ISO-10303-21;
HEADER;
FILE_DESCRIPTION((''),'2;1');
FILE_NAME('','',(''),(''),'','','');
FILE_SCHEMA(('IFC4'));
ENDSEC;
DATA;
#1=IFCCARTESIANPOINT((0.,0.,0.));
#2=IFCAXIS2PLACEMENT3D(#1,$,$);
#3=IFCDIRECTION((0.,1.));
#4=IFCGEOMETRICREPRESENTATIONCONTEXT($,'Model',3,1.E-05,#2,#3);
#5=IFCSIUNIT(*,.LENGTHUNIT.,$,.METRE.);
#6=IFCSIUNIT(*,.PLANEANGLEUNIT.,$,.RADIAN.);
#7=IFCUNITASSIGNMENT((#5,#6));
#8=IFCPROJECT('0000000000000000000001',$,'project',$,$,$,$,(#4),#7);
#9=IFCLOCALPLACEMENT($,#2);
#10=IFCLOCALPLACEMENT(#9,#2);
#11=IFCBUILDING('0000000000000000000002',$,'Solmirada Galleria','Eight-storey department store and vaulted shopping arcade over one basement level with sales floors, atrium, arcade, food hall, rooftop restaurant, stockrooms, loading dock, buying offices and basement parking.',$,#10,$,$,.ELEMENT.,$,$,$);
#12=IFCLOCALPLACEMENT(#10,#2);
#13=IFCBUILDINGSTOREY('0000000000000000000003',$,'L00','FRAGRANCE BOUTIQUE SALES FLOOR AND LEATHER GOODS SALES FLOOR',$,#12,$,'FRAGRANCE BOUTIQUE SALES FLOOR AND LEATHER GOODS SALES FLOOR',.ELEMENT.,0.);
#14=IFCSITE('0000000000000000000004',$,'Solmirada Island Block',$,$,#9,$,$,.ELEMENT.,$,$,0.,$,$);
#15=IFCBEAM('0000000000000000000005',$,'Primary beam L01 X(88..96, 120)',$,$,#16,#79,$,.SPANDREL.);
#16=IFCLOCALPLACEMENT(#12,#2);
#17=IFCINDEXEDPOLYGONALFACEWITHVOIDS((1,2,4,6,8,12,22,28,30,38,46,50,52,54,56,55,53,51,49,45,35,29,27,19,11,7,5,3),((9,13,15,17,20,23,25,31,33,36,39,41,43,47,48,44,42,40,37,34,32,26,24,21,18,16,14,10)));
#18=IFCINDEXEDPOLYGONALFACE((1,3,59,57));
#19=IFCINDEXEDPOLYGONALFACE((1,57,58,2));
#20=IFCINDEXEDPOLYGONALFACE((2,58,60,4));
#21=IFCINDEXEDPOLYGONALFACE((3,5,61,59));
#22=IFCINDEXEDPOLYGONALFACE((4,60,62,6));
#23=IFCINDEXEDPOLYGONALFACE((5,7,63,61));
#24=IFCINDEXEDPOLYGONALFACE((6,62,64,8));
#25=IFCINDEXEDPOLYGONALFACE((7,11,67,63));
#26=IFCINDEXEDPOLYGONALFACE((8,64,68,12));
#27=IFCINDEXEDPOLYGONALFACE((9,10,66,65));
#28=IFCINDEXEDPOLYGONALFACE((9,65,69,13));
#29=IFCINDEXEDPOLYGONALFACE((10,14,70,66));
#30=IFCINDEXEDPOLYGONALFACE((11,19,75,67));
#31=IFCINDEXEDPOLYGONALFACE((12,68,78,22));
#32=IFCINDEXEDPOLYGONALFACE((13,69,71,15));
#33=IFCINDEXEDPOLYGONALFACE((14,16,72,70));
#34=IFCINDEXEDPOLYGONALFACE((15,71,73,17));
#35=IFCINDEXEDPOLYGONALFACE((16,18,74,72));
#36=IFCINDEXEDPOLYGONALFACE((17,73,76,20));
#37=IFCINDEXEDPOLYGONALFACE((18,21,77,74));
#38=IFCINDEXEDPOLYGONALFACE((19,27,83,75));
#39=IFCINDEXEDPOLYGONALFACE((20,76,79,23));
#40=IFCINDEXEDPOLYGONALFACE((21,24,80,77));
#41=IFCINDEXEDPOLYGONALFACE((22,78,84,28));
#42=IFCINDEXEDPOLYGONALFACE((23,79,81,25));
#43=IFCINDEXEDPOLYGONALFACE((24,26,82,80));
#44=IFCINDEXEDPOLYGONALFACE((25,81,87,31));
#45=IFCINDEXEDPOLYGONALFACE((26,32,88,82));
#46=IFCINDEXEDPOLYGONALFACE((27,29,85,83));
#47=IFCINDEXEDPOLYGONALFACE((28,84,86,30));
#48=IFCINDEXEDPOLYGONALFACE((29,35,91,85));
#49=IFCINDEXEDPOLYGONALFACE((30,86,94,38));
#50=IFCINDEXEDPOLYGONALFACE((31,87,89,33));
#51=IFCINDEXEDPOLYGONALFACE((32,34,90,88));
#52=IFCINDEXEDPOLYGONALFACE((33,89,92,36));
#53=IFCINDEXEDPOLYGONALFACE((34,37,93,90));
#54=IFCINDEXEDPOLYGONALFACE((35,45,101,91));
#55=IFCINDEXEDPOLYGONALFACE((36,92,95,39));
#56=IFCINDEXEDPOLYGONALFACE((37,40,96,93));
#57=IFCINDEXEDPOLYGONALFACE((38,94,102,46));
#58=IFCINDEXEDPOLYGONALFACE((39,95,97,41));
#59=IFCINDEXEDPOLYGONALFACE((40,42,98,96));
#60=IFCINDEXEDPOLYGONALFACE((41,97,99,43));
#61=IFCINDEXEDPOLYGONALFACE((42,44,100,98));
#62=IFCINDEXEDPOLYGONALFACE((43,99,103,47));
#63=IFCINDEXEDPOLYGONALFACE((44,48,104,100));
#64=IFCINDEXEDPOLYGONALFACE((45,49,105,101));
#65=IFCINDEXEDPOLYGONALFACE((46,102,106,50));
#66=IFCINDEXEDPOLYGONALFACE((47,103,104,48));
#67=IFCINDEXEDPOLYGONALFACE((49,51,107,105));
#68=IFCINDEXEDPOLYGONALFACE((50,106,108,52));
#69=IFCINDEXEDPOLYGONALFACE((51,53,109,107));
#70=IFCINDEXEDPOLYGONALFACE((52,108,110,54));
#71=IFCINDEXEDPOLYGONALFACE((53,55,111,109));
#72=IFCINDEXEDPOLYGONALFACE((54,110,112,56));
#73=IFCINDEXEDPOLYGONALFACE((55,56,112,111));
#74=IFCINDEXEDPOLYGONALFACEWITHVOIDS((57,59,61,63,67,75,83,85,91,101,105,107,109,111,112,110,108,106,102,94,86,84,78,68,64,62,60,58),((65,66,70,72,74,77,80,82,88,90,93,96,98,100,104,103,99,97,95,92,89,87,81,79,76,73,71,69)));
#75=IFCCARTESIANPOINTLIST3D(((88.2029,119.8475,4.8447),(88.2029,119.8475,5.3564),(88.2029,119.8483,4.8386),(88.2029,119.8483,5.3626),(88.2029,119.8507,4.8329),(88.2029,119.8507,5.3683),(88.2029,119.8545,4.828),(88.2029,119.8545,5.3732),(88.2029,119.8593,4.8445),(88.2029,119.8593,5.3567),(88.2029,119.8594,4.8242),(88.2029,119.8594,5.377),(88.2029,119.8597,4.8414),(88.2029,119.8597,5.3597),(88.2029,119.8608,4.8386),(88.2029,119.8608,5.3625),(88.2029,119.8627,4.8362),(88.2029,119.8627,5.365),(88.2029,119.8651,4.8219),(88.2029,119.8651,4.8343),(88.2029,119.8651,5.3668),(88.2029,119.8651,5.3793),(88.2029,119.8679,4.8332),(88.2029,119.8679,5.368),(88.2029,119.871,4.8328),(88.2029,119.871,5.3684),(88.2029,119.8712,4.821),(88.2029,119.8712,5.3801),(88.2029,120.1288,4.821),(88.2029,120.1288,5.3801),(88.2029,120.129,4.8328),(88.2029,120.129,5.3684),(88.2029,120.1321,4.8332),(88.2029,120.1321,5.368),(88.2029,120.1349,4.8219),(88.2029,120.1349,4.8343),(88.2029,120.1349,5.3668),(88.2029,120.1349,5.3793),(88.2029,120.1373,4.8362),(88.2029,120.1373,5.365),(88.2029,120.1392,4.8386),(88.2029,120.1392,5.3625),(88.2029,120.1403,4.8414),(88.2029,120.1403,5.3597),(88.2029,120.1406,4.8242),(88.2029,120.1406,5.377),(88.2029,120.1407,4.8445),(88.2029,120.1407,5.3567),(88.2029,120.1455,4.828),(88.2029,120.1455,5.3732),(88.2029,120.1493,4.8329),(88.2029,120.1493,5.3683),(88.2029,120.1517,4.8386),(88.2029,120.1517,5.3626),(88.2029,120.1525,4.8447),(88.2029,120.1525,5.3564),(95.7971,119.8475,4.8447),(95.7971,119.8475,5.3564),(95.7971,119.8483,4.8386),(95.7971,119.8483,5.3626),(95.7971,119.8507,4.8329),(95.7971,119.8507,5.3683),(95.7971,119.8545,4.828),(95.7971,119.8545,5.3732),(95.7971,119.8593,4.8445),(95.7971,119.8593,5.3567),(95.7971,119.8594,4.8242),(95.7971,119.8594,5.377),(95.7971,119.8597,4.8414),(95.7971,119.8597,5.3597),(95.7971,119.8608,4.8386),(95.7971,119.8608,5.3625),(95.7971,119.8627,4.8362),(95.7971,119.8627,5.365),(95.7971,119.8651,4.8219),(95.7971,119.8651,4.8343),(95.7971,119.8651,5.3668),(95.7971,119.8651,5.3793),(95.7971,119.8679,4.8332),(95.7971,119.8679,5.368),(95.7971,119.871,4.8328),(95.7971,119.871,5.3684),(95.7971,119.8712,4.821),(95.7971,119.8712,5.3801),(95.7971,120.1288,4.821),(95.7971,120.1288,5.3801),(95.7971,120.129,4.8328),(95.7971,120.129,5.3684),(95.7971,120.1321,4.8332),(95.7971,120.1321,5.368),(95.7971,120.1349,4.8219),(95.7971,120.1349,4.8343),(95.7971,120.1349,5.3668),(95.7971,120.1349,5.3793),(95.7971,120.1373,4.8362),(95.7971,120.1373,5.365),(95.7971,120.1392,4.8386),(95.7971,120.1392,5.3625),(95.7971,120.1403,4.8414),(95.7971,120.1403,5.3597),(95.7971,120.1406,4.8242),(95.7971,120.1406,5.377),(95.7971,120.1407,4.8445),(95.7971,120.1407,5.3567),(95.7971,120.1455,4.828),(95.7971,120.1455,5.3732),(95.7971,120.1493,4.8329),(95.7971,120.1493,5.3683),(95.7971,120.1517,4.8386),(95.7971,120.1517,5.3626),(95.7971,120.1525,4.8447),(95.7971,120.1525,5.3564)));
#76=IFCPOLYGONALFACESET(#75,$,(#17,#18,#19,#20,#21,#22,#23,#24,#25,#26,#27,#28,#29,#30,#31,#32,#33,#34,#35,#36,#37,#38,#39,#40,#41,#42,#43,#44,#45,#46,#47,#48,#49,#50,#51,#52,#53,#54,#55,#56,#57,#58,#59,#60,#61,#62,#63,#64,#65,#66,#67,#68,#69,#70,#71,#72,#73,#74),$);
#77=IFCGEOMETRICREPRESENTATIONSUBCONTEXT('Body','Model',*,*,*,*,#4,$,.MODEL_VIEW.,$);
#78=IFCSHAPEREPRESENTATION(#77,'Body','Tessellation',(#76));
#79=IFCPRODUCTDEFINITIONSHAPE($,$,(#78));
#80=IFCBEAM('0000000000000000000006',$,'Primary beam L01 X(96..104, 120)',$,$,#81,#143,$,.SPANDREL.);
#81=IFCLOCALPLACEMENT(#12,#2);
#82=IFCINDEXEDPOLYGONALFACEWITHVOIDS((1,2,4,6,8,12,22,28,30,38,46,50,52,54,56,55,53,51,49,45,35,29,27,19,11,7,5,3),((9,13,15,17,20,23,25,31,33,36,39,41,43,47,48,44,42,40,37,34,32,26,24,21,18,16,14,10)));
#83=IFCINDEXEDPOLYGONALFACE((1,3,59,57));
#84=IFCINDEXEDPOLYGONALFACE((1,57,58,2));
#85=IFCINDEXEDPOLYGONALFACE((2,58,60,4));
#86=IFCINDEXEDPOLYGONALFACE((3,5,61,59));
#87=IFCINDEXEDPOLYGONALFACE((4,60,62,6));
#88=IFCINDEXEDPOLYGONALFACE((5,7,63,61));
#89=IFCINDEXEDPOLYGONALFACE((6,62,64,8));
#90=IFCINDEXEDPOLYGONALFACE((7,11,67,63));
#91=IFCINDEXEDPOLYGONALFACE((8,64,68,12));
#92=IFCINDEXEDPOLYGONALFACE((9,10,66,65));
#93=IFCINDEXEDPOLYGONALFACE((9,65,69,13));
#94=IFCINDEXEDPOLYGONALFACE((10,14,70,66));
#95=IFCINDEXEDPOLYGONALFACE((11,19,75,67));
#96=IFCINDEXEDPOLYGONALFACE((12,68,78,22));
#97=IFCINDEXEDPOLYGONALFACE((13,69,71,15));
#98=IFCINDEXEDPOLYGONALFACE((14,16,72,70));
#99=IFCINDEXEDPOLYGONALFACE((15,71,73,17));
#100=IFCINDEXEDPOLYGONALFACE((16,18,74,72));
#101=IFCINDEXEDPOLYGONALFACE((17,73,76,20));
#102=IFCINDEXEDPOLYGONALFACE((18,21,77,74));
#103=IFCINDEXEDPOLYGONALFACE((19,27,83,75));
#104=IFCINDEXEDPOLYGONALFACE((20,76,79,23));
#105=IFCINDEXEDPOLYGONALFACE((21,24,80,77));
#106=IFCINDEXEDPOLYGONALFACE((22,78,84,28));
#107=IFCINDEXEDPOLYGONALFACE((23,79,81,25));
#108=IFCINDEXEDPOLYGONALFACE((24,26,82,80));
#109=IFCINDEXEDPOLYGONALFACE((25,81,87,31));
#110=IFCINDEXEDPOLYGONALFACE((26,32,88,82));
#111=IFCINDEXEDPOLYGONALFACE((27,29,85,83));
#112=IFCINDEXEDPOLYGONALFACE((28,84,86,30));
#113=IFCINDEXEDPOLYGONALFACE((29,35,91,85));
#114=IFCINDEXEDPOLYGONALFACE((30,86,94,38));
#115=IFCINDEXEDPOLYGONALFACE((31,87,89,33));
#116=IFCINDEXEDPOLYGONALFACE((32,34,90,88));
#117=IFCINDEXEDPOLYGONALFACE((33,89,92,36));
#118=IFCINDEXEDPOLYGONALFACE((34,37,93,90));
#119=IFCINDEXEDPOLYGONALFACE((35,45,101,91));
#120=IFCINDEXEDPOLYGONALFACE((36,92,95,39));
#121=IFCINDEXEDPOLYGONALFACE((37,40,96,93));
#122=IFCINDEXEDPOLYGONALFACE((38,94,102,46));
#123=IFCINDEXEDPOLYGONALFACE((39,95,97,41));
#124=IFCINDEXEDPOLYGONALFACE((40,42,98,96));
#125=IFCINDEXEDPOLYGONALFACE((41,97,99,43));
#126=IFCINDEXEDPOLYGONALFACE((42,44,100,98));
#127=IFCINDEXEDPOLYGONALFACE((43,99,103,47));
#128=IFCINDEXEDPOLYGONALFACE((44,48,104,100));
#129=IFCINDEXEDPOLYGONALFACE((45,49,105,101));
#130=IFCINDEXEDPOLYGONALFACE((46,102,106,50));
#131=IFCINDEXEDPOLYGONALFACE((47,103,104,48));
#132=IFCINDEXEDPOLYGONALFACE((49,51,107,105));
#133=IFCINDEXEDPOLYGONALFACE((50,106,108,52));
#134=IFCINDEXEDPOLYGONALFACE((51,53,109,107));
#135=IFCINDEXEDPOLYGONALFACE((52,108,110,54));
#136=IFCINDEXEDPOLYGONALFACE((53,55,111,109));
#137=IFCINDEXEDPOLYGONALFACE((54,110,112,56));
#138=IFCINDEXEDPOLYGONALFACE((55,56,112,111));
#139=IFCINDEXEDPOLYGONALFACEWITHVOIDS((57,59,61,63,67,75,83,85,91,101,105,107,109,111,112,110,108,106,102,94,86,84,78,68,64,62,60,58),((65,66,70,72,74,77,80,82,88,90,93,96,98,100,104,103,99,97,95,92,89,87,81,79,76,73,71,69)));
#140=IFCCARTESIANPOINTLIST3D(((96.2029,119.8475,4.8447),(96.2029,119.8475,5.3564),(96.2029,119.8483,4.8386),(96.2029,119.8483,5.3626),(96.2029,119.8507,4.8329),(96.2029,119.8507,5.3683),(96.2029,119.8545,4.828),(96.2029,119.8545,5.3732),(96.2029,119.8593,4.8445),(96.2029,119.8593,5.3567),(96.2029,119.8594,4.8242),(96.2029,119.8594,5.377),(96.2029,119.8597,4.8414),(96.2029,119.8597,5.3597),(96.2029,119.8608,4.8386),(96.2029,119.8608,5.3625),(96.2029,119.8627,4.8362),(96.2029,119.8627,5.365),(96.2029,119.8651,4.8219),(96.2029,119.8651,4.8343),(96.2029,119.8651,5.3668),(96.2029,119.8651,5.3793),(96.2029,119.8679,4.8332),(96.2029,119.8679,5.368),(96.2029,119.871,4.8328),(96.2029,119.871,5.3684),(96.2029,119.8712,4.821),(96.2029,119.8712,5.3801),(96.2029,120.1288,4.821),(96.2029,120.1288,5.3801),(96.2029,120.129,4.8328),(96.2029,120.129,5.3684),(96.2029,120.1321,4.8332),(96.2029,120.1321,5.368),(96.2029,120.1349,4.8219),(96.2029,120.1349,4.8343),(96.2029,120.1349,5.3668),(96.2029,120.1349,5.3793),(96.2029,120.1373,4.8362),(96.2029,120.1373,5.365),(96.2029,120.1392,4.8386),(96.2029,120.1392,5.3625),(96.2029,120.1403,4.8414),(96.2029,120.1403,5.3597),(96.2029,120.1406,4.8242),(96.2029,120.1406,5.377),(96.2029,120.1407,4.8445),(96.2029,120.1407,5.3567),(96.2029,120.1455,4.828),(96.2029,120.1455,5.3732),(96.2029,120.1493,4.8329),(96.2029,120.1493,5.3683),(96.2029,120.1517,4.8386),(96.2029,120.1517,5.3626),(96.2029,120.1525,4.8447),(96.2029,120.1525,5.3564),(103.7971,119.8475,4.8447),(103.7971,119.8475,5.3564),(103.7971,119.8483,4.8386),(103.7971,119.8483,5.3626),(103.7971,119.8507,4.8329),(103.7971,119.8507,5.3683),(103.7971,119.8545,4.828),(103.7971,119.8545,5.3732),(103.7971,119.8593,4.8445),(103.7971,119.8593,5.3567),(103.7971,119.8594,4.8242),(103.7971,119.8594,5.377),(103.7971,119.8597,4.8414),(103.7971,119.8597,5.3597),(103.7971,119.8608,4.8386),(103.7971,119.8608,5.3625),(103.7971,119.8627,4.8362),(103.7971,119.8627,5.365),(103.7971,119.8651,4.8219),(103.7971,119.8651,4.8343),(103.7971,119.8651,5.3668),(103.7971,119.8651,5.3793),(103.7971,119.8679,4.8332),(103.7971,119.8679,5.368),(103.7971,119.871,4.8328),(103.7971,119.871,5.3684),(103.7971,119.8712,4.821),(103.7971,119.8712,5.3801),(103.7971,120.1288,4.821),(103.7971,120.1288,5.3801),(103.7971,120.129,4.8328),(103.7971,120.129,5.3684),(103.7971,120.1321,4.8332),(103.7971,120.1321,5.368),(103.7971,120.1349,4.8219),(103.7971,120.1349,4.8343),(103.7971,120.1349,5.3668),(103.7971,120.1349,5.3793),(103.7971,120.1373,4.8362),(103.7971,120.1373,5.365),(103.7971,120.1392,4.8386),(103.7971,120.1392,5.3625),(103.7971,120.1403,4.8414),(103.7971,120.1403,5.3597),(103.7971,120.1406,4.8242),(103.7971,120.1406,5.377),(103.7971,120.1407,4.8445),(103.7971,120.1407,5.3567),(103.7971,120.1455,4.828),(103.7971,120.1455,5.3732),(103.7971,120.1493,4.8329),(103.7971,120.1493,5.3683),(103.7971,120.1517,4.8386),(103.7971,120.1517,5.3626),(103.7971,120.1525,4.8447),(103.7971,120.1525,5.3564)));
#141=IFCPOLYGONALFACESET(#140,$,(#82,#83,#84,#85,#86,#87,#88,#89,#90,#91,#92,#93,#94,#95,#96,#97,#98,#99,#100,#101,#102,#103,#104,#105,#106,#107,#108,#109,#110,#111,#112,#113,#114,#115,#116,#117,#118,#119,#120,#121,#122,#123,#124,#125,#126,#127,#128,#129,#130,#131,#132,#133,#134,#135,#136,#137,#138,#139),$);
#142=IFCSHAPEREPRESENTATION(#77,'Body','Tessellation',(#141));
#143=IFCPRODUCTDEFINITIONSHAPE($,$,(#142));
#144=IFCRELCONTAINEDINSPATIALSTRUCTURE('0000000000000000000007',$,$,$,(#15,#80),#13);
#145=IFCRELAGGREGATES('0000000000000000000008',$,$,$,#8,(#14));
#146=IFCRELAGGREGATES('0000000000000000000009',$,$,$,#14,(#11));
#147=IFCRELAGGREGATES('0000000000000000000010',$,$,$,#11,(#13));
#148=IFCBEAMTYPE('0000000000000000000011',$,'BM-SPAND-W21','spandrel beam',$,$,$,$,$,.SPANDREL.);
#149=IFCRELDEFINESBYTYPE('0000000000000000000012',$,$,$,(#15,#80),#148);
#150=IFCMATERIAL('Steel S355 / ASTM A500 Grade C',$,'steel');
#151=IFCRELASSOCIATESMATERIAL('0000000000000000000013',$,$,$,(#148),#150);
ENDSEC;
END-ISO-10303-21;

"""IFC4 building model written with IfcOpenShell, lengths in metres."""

from ifc_helpers import new_model, si_unit, direction, frame, origin, origin_2d, place, context, subcontext, project, spatial, hollow_rectangle, extrude, material, material_profile, profile_set, type_object, element, save


model = new_model("IFC4")

# Units and contexts
model_context = context("Model", 3, precision=1e-05, world=origin(), true_north=direction((0.0, 1.0)))
body_context = subcontext(model_context, "Body", "Model", "MODEL_VIEW")
ifc_project = project(units=[si_unit("LENGTHUNIT", "METRE"), si_unit("PLANEANGLEUNIT", "RADIAN")], contexts=[model_context])

# Site, building, storey
site_placement = place(None, origin())
site = spatial("IfcSite", under=ifc_project, at=site_placement, Name="Solmirada Island Block", CompositionType="ELEMENT", RefElevation=0.0)
building_placement = place(site_placement, origin())
building = spatial("IfcBuilding", under=site, at=building_placement, Name="Solmirada Galleria", Description="Eight-storey department store and vaulted shopping arcade over one basement level with sales floors, atrium, arcade, food hall, rooftop restaurant, stockrooms, loading dock, buying offices and basement parking.", CompositionType="ELEMENT")
storey_placement = place(building_placement, origin())
storey = spatial("IfcBuildingStorey", under=building, at=storey_placement, Name="L00", Description="FRAGRANCE BOUTIQUE SALES FLOOR AND LEATHER GOODS SALES FLOOR", LongName="FRAGRANCE BOUTIQUE SALES FLOOR AND LEATHER GOODS SALES FLOOR", CompositionType="ELEMENT", Elevation=0.0)

# Shared definitions
ifc_material_1 = material(Name="Steel S355 / ASTM A500 Grade C", Category="steel")

# Beams
ifc_material_profile_1 = material_profile(ifc_material_1, hollow_rectangle(XDim=0.3049, YDim=0.5591, WallThickness=0.0117, InnerFilletRadius=0.0117, OuterFilletRadius=0.0237, at=origin_2d()), Name="HSS22X12X1/2")
ifc_profile_set_1 = profile_set([ifc_material_profile_1], Name="Steel S355 / ASTM A500 Grade C")
beam_type_1 = type_object("IfcBeamType", Name="BM-SPAND-W21", Description="spandrel beam", PredefinedType="SPANDREL", material=ifc_profile_set_1)
for number, where, z_axis, x_axis, name in (
    (1, (88.2029, 120.0, 5.1006), (1.0, 0.0, 0.0), (0.0, 1.0, 0.0), "Primary beam L01 X(88..96, 120)"),
    (2, (96.2029, 120.0, 5.1006), (1.0, 0.0, 0.0), (0.0, 1.0, 0.0), "Primary beam L01 X(96..104, 120)"),
):
    element("IfcBeam", number, at=place(storey_placement, frame(where, z_axis=z_axis, x_axis=x_axis)), inside=storey, type_object=beam_type_1, Name=name, PredefinedType="SPANDREL", context=body_context, shape_type="SweptSolid", body=[
        extrude(hollow_rectangle(XDim=0.3049, YDim=0.5591, WallThickness=0.0117, InnerFilletRadius=0.0117, OuterFilletRadius=0.0237, at=origin_2d()), origin(), (0.0, 0.0, 1.0), 7.5942),
    ])

save(model, "model.ifc")
